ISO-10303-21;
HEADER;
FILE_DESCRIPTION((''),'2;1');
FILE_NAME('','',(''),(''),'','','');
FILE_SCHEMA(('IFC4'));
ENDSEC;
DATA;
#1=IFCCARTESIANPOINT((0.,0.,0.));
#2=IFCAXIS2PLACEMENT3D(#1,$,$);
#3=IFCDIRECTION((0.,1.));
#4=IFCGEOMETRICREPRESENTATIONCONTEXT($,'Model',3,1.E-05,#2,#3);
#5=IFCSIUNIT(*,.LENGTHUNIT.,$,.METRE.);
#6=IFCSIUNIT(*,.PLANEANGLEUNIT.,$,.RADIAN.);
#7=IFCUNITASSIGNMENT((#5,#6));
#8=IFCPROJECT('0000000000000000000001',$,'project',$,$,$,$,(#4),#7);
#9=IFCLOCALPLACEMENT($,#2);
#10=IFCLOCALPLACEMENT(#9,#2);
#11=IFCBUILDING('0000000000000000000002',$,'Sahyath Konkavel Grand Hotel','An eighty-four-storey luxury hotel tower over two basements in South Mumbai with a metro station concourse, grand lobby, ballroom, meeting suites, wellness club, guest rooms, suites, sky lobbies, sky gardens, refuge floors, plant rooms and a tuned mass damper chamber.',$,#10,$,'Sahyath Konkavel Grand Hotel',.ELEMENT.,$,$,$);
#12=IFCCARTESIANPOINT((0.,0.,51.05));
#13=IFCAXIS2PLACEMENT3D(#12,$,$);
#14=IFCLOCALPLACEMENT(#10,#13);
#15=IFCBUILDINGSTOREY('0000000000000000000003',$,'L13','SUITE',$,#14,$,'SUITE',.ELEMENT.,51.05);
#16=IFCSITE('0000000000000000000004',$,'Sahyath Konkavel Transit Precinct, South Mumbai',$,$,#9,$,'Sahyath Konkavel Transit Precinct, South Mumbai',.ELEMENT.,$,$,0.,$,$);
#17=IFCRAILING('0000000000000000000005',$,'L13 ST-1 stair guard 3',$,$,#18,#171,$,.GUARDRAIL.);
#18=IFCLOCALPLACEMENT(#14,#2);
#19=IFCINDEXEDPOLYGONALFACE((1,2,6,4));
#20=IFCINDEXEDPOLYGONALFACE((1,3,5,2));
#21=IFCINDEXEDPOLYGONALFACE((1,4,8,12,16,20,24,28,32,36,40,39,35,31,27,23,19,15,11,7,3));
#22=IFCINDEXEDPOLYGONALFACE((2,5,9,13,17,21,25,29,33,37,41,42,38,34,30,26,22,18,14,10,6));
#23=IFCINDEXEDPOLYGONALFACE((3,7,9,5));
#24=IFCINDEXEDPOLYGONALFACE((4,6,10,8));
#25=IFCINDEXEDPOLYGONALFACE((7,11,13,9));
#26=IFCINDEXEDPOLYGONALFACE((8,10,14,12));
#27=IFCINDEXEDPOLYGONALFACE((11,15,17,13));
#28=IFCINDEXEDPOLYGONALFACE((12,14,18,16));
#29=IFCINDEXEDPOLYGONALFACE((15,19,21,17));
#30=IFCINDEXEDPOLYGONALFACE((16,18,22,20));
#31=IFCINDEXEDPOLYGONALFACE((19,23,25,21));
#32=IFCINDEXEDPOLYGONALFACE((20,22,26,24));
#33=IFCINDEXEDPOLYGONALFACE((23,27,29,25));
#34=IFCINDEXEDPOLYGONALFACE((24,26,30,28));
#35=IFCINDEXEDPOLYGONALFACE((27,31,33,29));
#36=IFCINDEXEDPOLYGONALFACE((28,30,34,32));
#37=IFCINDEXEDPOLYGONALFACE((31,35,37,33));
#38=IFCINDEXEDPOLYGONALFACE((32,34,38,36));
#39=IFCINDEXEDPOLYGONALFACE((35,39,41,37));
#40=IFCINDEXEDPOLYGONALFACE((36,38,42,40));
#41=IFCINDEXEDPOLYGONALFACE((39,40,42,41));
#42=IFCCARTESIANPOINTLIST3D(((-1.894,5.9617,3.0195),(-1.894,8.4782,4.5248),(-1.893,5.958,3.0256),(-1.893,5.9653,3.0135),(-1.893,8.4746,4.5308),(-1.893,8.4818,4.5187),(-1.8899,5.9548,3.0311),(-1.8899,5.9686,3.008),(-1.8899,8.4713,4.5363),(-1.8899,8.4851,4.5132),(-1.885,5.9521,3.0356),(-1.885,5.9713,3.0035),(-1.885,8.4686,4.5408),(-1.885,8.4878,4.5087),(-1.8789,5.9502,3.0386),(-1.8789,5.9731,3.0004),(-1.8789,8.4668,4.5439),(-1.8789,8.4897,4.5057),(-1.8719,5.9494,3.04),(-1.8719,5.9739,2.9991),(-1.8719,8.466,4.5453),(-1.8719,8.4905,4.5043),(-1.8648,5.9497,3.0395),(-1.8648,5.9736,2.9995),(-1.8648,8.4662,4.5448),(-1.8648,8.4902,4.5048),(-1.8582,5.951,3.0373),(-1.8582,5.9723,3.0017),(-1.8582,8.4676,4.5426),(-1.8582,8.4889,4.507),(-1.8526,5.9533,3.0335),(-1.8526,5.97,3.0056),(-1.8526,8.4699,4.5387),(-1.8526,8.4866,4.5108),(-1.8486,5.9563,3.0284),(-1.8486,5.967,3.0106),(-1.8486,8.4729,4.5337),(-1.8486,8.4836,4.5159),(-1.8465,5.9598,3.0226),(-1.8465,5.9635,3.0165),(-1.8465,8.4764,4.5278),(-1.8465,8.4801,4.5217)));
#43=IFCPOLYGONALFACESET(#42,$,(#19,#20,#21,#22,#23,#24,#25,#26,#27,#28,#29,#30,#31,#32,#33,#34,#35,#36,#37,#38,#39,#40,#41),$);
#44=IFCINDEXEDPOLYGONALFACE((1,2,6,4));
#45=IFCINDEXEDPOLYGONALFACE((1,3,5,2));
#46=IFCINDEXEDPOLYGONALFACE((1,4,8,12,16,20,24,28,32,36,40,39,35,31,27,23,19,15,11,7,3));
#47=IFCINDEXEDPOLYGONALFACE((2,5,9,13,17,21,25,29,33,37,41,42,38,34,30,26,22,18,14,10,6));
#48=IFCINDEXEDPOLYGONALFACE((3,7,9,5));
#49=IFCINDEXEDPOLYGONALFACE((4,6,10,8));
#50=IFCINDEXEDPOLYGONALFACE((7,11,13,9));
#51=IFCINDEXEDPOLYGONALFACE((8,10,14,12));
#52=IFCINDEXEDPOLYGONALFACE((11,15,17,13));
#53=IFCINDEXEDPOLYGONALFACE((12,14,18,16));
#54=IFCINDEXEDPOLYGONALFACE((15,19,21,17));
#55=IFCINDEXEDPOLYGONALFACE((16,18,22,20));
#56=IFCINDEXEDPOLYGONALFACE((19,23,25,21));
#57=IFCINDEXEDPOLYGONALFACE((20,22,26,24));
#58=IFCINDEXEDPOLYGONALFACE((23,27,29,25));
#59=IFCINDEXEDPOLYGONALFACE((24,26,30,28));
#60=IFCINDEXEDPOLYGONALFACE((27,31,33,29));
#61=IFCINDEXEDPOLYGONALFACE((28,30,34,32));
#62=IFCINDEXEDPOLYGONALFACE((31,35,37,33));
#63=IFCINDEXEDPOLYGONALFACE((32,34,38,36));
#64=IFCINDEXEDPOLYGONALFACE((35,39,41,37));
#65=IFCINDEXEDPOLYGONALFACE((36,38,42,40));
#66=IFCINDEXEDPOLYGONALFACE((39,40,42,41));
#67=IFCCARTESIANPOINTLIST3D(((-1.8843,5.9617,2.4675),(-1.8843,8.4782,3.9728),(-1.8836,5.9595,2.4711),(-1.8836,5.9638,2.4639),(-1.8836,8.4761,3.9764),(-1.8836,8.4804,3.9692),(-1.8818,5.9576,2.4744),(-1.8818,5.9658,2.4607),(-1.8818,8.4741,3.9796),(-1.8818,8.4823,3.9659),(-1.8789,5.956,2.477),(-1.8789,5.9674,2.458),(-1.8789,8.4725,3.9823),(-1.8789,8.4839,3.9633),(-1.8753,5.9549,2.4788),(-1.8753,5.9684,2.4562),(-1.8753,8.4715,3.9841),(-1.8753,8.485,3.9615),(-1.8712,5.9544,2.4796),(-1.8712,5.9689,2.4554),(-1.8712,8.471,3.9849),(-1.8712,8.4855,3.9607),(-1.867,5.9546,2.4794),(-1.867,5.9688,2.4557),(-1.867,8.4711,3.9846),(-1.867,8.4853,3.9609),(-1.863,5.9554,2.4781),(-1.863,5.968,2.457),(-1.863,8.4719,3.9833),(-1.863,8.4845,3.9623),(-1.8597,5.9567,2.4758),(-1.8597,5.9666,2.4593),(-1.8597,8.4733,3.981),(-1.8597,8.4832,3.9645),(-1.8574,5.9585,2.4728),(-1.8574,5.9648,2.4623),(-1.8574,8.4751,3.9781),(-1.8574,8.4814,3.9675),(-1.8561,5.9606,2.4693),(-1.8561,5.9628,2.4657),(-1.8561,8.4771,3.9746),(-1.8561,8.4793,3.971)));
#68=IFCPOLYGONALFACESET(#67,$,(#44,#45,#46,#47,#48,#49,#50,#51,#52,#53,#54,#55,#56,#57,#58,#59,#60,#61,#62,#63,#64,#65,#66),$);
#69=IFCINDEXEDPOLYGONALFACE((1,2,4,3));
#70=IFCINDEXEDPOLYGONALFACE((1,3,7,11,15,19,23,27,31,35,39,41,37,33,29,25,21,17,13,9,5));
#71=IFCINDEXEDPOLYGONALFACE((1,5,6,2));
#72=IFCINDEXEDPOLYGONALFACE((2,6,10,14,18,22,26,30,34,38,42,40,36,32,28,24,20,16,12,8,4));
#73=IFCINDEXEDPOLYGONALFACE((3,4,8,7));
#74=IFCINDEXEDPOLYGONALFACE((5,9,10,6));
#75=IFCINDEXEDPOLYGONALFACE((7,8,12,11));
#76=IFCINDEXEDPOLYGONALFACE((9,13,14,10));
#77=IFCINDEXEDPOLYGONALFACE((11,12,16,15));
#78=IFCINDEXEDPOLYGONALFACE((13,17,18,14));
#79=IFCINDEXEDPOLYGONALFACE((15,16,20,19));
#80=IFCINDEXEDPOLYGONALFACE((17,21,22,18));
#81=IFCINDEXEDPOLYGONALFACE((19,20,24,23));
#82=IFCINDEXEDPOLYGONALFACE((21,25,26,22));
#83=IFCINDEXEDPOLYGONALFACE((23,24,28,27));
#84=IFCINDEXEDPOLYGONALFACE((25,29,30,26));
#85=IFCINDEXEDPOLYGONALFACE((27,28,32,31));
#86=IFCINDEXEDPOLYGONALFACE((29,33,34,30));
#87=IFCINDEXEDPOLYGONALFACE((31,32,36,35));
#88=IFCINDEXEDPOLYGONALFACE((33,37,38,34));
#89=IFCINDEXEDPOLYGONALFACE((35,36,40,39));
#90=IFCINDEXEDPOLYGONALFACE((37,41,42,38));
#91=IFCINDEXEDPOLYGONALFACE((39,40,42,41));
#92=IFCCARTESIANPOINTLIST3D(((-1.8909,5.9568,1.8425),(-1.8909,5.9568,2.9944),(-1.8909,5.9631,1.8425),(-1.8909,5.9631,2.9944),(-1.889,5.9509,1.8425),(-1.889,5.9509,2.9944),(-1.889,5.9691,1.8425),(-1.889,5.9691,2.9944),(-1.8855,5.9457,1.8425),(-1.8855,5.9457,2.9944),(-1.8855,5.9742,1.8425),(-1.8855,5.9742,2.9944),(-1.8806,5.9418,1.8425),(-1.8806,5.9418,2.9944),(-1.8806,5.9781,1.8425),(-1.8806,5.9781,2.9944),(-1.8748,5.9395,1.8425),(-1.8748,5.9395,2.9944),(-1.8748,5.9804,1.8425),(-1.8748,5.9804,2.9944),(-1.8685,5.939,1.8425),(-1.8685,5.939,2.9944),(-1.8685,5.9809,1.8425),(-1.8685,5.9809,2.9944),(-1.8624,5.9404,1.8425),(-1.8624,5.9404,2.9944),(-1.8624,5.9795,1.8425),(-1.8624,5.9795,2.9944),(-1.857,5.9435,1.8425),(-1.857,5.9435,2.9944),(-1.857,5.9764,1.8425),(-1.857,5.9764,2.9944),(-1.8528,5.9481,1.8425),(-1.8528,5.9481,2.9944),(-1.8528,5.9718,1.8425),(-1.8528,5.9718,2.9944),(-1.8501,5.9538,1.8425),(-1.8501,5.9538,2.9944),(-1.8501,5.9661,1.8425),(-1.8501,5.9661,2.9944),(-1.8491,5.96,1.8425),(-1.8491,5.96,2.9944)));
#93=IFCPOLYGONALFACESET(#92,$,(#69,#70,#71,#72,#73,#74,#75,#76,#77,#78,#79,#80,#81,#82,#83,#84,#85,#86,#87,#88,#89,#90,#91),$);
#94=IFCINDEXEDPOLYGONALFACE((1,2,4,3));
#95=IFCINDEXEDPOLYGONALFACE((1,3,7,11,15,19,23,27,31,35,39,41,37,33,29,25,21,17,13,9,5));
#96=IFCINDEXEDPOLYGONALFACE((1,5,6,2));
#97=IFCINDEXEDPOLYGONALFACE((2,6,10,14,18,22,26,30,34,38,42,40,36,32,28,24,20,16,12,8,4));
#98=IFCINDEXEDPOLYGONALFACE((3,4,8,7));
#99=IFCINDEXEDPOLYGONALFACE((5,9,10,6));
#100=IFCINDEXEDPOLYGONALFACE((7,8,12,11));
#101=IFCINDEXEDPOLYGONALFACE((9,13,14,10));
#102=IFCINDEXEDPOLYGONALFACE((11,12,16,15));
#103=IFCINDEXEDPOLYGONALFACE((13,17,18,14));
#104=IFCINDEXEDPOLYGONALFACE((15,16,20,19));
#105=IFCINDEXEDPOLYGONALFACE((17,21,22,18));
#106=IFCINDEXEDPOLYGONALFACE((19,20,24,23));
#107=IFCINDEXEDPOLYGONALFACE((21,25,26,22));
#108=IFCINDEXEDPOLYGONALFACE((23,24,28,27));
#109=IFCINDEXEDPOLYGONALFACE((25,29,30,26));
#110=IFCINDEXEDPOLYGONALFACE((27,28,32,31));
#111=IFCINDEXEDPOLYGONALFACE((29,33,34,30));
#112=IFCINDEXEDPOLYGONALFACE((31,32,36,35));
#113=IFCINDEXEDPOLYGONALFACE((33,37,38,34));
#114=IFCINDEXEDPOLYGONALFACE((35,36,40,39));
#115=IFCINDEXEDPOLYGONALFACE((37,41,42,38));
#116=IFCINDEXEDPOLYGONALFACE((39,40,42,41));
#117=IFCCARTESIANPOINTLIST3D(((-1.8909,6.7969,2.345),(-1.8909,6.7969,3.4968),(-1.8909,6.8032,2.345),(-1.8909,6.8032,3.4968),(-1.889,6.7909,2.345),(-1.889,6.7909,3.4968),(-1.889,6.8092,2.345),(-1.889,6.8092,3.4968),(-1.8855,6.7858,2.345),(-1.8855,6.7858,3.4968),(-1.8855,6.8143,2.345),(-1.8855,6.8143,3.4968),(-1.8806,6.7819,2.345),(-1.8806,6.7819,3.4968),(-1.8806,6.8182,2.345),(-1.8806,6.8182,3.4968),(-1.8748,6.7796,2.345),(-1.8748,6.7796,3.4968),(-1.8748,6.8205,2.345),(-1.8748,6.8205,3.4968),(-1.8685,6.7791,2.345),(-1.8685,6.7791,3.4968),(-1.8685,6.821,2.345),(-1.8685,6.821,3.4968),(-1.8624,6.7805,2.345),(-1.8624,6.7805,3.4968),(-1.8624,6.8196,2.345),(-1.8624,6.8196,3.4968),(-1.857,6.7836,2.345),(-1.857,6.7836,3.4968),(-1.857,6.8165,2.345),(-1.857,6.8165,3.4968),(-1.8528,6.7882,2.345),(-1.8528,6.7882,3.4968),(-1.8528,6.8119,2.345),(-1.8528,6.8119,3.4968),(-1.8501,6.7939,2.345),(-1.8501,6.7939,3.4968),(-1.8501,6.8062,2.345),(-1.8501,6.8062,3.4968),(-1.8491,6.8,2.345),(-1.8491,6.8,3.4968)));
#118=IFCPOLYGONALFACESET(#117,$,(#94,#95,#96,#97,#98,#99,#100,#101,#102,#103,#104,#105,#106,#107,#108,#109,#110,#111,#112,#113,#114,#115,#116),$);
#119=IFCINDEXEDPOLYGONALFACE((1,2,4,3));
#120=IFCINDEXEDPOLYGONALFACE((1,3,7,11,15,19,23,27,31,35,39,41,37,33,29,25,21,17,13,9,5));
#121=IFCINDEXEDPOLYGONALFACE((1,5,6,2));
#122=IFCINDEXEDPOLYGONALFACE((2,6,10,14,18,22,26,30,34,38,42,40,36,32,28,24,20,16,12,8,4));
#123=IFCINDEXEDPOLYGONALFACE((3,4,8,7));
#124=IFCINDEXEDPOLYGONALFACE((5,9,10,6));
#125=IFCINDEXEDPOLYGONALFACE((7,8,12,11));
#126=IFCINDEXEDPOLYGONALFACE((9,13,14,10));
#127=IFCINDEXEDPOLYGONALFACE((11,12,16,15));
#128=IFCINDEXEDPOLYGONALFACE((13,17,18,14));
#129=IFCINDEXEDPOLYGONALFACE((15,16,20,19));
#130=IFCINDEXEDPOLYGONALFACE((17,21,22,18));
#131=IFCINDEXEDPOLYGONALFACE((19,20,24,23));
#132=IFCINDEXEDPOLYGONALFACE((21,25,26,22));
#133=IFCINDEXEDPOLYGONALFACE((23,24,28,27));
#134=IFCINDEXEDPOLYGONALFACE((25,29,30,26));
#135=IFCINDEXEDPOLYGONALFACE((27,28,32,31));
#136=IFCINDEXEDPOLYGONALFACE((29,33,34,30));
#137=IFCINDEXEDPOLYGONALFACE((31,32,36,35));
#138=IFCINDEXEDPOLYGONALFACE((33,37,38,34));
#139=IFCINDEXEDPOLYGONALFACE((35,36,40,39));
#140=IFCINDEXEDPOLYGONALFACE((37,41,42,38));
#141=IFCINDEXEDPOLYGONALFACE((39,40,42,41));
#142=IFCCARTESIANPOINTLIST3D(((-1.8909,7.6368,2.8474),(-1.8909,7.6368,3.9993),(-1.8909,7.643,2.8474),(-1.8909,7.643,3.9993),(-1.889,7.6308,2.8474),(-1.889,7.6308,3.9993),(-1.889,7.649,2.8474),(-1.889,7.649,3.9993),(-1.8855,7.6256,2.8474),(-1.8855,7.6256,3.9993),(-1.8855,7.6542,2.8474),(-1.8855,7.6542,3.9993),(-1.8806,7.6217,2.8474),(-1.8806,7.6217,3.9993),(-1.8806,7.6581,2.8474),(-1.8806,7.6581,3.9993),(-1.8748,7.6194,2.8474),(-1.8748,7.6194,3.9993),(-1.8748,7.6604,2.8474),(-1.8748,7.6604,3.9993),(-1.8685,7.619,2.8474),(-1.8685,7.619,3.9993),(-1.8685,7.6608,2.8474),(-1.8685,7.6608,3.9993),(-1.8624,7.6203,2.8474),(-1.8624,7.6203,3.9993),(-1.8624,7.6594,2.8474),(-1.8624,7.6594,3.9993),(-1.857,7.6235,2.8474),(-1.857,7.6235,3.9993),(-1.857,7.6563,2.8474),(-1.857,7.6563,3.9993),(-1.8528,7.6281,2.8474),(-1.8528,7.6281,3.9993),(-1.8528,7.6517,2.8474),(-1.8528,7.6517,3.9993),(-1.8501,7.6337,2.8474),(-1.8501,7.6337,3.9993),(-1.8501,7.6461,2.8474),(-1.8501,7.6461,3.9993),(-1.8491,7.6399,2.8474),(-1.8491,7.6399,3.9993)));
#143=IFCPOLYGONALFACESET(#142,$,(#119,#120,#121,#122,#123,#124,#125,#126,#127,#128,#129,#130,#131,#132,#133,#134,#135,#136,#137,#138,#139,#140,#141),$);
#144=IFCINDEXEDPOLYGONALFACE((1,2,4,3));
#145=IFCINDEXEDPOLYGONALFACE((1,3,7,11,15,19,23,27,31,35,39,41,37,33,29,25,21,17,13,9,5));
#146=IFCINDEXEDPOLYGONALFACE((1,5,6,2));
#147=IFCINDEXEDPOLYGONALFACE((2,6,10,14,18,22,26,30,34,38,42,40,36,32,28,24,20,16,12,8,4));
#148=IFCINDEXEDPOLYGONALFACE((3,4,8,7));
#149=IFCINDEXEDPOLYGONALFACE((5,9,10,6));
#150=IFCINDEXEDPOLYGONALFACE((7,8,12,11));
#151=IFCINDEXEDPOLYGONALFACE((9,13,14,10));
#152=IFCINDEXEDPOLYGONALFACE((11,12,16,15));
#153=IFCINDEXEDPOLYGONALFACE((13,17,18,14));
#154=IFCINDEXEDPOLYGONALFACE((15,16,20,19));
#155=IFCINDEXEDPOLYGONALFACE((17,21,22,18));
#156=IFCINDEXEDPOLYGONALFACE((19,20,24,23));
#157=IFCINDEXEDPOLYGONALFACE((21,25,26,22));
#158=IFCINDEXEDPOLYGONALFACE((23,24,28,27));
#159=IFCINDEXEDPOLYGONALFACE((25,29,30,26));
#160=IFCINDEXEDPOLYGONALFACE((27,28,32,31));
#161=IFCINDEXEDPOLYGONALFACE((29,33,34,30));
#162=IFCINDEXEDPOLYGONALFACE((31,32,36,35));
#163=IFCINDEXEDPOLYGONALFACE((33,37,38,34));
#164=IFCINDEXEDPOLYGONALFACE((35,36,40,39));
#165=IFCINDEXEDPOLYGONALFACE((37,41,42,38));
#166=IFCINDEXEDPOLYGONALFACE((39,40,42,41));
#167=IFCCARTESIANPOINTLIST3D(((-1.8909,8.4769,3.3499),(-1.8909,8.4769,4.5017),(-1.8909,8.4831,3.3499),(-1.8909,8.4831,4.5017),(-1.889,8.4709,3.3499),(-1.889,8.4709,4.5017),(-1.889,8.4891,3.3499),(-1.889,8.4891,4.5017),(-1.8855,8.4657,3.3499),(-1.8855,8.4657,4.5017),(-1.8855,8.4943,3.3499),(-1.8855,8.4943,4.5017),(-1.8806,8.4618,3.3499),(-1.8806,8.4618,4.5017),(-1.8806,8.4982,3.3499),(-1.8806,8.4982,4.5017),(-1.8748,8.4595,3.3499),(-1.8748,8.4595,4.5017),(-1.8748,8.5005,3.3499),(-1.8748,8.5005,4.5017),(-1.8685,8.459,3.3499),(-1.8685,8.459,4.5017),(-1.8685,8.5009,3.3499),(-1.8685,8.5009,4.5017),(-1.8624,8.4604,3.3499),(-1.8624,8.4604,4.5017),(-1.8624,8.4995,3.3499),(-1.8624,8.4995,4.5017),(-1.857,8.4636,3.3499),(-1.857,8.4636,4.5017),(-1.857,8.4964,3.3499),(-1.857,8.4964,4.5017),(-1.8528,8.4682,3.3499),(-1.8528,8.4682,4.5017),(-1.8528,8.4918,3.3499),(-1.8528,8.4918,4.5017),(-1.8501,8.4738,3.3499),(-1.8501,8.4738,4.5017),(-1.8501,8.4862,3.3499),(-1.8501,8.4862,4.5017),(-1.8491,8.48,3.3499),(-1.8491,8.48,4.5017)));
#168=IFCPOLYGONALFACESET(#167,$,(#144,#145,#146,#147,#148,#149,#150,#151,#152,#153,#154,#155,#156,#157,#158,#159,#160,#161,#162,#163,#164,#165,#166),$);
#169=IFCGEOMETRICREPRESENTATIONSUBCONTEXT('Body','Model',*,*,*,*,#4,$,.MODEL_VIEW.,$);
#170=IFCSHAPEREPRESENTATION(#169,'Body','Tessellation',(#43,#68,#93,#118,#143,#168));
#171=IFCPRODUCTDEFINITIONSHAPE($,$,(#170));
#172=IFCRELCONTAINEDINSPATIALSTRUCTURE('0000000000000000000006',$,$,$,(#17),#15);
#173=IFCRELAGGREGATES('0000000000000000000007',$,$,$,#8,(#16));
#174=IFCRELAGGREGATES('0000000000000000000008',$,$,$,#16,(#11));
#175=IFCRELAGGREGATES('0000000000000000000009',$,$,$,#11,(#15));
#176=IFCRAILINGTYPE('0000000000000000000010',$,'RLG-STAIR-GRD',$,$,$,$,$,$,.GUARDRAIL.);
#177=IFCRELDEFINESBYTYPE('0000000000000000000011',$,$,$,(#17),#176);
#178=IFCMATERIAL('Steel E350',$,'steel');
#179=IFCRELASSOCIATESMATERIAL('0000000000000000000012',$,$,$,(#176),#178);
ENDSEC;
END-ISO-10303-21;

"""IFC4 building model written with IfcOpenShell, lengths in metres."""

from ifc_helpers import new_model, si_unit, direction, frame, origin, origin_2d, place, context, subcontext, project, spatial, circle, extrude, material, type_object, element, save


model = new_model("IFC4")

# Units and contexts
model_context = context("Model", 3, precision=1e-05, world=origin(), true_north=direction((0.0, 1.0)))
body_context = subcontext(model_context, "Body", "Model", "MODEL_VIEW")
ifc_project = project(units=[si_unit("LENGTHUNIT", "METRE"), si_unit("PLANEANGLEUNIT", "RADIAN")], contexts=[model_context])

# Site, building, storey
site_placement = place(None, origin())
site = spatial("IfcSite", under=ifc_project, at=site_placement, Name="Sahyath Konkavel Transit Precinct, South Mumbai", LongName="Sahyath Konkavel Transit Precinct, South Mumbai", CompositionType="ELEMENT", RefElevation=0.0)
building_placement = place(site_placement, origin())
building = spatial("IfcBuilding", under=site, at=building_placement, Name="Sahyath Konkavel Grand Hotel", Description="An eighty-four-storey luxury hotel tower over two basements in South Mumbai with a metro station concourse, grand lobby, ballroom, meeting suites, wellness club, guest rooms, suites, sky lobbies, sky gardens, refuge floors, plant rooms and a tuned mass damper chamber.", LongName="Sahyath Konkavel Grand Hotel", CompositionType="ELEMENT")
storey_placement = place(building_placement, frame((0.0, 0.0, 51.05)))
storey = spatial("IfcBuildingStorey", under=building, at=storey_placement, Name="L13", Description="SUITE", LongName="SUITE", CompositionType="ELEMENT", Elevation=51.05)

# Shared definitions
ifc_material_1 = material(Name="Steel E350", Category="steel")

# Railing
railing_type_1 = type_object("IfcRailingType", Name="RLG-STAIR-GRD", PredefinedType="GUARDRAIL", material=ifc_material_1)
railing_1_placement = place(storey_placement, frame((-1.8701, 5.96, 1.8425)))
element("IfcRailing", 1, at=railing_1_placement, inside=storey, type_object=railing_type_1, Name="L13 ST-1 stair guard 3", PredefinedType="GUARDRAIL", context=body_context, shape_type="SweptSolid", body=[
    extrude(circle(Radius=0.0239, at=origin_2d()), frame((0.0, 0.0017, 1.177), z_axis=(0.0, 0.858196, 0.513321), x_axis=(-1.0, 0.0, 0.0)), (0.0, 0.0, 1.0), 2.9324),
    extrude(circle(Radius=0.0142, at=origin_2d()), frame((0.0, 0.0017, 0.625), z_axis=(0.0, 0.858196, 0.513321), x_axis=(-1.0, 0.0, 0.0)), (0.0, 0.0, 1.0), 2.9324),
    extrude(circle(Radius=0.021, at=origin_2d()), origin(), (0.0, 0.0, 1.0), 1.1519),
    extrude(circle(Radius=0.021, at=origin_2d()), frame((0.0, 0.8401, 0.5024)), (0.0, 0.0, 1.0), 1.1519),
    extrude(circle(Radius=0.021, at=origin_2d()), frame((0.0, 1.6799, 1.0049)), (0.0, 0.0, 1.0), 1.1519),
    extrude(circle(Radius=0.021, at=origin_2d()), frame((0.0, 2.52, 1.5073)), (0.0, 0.0, 1.0), 1.1519),
])

save(model, "model.ifc")
